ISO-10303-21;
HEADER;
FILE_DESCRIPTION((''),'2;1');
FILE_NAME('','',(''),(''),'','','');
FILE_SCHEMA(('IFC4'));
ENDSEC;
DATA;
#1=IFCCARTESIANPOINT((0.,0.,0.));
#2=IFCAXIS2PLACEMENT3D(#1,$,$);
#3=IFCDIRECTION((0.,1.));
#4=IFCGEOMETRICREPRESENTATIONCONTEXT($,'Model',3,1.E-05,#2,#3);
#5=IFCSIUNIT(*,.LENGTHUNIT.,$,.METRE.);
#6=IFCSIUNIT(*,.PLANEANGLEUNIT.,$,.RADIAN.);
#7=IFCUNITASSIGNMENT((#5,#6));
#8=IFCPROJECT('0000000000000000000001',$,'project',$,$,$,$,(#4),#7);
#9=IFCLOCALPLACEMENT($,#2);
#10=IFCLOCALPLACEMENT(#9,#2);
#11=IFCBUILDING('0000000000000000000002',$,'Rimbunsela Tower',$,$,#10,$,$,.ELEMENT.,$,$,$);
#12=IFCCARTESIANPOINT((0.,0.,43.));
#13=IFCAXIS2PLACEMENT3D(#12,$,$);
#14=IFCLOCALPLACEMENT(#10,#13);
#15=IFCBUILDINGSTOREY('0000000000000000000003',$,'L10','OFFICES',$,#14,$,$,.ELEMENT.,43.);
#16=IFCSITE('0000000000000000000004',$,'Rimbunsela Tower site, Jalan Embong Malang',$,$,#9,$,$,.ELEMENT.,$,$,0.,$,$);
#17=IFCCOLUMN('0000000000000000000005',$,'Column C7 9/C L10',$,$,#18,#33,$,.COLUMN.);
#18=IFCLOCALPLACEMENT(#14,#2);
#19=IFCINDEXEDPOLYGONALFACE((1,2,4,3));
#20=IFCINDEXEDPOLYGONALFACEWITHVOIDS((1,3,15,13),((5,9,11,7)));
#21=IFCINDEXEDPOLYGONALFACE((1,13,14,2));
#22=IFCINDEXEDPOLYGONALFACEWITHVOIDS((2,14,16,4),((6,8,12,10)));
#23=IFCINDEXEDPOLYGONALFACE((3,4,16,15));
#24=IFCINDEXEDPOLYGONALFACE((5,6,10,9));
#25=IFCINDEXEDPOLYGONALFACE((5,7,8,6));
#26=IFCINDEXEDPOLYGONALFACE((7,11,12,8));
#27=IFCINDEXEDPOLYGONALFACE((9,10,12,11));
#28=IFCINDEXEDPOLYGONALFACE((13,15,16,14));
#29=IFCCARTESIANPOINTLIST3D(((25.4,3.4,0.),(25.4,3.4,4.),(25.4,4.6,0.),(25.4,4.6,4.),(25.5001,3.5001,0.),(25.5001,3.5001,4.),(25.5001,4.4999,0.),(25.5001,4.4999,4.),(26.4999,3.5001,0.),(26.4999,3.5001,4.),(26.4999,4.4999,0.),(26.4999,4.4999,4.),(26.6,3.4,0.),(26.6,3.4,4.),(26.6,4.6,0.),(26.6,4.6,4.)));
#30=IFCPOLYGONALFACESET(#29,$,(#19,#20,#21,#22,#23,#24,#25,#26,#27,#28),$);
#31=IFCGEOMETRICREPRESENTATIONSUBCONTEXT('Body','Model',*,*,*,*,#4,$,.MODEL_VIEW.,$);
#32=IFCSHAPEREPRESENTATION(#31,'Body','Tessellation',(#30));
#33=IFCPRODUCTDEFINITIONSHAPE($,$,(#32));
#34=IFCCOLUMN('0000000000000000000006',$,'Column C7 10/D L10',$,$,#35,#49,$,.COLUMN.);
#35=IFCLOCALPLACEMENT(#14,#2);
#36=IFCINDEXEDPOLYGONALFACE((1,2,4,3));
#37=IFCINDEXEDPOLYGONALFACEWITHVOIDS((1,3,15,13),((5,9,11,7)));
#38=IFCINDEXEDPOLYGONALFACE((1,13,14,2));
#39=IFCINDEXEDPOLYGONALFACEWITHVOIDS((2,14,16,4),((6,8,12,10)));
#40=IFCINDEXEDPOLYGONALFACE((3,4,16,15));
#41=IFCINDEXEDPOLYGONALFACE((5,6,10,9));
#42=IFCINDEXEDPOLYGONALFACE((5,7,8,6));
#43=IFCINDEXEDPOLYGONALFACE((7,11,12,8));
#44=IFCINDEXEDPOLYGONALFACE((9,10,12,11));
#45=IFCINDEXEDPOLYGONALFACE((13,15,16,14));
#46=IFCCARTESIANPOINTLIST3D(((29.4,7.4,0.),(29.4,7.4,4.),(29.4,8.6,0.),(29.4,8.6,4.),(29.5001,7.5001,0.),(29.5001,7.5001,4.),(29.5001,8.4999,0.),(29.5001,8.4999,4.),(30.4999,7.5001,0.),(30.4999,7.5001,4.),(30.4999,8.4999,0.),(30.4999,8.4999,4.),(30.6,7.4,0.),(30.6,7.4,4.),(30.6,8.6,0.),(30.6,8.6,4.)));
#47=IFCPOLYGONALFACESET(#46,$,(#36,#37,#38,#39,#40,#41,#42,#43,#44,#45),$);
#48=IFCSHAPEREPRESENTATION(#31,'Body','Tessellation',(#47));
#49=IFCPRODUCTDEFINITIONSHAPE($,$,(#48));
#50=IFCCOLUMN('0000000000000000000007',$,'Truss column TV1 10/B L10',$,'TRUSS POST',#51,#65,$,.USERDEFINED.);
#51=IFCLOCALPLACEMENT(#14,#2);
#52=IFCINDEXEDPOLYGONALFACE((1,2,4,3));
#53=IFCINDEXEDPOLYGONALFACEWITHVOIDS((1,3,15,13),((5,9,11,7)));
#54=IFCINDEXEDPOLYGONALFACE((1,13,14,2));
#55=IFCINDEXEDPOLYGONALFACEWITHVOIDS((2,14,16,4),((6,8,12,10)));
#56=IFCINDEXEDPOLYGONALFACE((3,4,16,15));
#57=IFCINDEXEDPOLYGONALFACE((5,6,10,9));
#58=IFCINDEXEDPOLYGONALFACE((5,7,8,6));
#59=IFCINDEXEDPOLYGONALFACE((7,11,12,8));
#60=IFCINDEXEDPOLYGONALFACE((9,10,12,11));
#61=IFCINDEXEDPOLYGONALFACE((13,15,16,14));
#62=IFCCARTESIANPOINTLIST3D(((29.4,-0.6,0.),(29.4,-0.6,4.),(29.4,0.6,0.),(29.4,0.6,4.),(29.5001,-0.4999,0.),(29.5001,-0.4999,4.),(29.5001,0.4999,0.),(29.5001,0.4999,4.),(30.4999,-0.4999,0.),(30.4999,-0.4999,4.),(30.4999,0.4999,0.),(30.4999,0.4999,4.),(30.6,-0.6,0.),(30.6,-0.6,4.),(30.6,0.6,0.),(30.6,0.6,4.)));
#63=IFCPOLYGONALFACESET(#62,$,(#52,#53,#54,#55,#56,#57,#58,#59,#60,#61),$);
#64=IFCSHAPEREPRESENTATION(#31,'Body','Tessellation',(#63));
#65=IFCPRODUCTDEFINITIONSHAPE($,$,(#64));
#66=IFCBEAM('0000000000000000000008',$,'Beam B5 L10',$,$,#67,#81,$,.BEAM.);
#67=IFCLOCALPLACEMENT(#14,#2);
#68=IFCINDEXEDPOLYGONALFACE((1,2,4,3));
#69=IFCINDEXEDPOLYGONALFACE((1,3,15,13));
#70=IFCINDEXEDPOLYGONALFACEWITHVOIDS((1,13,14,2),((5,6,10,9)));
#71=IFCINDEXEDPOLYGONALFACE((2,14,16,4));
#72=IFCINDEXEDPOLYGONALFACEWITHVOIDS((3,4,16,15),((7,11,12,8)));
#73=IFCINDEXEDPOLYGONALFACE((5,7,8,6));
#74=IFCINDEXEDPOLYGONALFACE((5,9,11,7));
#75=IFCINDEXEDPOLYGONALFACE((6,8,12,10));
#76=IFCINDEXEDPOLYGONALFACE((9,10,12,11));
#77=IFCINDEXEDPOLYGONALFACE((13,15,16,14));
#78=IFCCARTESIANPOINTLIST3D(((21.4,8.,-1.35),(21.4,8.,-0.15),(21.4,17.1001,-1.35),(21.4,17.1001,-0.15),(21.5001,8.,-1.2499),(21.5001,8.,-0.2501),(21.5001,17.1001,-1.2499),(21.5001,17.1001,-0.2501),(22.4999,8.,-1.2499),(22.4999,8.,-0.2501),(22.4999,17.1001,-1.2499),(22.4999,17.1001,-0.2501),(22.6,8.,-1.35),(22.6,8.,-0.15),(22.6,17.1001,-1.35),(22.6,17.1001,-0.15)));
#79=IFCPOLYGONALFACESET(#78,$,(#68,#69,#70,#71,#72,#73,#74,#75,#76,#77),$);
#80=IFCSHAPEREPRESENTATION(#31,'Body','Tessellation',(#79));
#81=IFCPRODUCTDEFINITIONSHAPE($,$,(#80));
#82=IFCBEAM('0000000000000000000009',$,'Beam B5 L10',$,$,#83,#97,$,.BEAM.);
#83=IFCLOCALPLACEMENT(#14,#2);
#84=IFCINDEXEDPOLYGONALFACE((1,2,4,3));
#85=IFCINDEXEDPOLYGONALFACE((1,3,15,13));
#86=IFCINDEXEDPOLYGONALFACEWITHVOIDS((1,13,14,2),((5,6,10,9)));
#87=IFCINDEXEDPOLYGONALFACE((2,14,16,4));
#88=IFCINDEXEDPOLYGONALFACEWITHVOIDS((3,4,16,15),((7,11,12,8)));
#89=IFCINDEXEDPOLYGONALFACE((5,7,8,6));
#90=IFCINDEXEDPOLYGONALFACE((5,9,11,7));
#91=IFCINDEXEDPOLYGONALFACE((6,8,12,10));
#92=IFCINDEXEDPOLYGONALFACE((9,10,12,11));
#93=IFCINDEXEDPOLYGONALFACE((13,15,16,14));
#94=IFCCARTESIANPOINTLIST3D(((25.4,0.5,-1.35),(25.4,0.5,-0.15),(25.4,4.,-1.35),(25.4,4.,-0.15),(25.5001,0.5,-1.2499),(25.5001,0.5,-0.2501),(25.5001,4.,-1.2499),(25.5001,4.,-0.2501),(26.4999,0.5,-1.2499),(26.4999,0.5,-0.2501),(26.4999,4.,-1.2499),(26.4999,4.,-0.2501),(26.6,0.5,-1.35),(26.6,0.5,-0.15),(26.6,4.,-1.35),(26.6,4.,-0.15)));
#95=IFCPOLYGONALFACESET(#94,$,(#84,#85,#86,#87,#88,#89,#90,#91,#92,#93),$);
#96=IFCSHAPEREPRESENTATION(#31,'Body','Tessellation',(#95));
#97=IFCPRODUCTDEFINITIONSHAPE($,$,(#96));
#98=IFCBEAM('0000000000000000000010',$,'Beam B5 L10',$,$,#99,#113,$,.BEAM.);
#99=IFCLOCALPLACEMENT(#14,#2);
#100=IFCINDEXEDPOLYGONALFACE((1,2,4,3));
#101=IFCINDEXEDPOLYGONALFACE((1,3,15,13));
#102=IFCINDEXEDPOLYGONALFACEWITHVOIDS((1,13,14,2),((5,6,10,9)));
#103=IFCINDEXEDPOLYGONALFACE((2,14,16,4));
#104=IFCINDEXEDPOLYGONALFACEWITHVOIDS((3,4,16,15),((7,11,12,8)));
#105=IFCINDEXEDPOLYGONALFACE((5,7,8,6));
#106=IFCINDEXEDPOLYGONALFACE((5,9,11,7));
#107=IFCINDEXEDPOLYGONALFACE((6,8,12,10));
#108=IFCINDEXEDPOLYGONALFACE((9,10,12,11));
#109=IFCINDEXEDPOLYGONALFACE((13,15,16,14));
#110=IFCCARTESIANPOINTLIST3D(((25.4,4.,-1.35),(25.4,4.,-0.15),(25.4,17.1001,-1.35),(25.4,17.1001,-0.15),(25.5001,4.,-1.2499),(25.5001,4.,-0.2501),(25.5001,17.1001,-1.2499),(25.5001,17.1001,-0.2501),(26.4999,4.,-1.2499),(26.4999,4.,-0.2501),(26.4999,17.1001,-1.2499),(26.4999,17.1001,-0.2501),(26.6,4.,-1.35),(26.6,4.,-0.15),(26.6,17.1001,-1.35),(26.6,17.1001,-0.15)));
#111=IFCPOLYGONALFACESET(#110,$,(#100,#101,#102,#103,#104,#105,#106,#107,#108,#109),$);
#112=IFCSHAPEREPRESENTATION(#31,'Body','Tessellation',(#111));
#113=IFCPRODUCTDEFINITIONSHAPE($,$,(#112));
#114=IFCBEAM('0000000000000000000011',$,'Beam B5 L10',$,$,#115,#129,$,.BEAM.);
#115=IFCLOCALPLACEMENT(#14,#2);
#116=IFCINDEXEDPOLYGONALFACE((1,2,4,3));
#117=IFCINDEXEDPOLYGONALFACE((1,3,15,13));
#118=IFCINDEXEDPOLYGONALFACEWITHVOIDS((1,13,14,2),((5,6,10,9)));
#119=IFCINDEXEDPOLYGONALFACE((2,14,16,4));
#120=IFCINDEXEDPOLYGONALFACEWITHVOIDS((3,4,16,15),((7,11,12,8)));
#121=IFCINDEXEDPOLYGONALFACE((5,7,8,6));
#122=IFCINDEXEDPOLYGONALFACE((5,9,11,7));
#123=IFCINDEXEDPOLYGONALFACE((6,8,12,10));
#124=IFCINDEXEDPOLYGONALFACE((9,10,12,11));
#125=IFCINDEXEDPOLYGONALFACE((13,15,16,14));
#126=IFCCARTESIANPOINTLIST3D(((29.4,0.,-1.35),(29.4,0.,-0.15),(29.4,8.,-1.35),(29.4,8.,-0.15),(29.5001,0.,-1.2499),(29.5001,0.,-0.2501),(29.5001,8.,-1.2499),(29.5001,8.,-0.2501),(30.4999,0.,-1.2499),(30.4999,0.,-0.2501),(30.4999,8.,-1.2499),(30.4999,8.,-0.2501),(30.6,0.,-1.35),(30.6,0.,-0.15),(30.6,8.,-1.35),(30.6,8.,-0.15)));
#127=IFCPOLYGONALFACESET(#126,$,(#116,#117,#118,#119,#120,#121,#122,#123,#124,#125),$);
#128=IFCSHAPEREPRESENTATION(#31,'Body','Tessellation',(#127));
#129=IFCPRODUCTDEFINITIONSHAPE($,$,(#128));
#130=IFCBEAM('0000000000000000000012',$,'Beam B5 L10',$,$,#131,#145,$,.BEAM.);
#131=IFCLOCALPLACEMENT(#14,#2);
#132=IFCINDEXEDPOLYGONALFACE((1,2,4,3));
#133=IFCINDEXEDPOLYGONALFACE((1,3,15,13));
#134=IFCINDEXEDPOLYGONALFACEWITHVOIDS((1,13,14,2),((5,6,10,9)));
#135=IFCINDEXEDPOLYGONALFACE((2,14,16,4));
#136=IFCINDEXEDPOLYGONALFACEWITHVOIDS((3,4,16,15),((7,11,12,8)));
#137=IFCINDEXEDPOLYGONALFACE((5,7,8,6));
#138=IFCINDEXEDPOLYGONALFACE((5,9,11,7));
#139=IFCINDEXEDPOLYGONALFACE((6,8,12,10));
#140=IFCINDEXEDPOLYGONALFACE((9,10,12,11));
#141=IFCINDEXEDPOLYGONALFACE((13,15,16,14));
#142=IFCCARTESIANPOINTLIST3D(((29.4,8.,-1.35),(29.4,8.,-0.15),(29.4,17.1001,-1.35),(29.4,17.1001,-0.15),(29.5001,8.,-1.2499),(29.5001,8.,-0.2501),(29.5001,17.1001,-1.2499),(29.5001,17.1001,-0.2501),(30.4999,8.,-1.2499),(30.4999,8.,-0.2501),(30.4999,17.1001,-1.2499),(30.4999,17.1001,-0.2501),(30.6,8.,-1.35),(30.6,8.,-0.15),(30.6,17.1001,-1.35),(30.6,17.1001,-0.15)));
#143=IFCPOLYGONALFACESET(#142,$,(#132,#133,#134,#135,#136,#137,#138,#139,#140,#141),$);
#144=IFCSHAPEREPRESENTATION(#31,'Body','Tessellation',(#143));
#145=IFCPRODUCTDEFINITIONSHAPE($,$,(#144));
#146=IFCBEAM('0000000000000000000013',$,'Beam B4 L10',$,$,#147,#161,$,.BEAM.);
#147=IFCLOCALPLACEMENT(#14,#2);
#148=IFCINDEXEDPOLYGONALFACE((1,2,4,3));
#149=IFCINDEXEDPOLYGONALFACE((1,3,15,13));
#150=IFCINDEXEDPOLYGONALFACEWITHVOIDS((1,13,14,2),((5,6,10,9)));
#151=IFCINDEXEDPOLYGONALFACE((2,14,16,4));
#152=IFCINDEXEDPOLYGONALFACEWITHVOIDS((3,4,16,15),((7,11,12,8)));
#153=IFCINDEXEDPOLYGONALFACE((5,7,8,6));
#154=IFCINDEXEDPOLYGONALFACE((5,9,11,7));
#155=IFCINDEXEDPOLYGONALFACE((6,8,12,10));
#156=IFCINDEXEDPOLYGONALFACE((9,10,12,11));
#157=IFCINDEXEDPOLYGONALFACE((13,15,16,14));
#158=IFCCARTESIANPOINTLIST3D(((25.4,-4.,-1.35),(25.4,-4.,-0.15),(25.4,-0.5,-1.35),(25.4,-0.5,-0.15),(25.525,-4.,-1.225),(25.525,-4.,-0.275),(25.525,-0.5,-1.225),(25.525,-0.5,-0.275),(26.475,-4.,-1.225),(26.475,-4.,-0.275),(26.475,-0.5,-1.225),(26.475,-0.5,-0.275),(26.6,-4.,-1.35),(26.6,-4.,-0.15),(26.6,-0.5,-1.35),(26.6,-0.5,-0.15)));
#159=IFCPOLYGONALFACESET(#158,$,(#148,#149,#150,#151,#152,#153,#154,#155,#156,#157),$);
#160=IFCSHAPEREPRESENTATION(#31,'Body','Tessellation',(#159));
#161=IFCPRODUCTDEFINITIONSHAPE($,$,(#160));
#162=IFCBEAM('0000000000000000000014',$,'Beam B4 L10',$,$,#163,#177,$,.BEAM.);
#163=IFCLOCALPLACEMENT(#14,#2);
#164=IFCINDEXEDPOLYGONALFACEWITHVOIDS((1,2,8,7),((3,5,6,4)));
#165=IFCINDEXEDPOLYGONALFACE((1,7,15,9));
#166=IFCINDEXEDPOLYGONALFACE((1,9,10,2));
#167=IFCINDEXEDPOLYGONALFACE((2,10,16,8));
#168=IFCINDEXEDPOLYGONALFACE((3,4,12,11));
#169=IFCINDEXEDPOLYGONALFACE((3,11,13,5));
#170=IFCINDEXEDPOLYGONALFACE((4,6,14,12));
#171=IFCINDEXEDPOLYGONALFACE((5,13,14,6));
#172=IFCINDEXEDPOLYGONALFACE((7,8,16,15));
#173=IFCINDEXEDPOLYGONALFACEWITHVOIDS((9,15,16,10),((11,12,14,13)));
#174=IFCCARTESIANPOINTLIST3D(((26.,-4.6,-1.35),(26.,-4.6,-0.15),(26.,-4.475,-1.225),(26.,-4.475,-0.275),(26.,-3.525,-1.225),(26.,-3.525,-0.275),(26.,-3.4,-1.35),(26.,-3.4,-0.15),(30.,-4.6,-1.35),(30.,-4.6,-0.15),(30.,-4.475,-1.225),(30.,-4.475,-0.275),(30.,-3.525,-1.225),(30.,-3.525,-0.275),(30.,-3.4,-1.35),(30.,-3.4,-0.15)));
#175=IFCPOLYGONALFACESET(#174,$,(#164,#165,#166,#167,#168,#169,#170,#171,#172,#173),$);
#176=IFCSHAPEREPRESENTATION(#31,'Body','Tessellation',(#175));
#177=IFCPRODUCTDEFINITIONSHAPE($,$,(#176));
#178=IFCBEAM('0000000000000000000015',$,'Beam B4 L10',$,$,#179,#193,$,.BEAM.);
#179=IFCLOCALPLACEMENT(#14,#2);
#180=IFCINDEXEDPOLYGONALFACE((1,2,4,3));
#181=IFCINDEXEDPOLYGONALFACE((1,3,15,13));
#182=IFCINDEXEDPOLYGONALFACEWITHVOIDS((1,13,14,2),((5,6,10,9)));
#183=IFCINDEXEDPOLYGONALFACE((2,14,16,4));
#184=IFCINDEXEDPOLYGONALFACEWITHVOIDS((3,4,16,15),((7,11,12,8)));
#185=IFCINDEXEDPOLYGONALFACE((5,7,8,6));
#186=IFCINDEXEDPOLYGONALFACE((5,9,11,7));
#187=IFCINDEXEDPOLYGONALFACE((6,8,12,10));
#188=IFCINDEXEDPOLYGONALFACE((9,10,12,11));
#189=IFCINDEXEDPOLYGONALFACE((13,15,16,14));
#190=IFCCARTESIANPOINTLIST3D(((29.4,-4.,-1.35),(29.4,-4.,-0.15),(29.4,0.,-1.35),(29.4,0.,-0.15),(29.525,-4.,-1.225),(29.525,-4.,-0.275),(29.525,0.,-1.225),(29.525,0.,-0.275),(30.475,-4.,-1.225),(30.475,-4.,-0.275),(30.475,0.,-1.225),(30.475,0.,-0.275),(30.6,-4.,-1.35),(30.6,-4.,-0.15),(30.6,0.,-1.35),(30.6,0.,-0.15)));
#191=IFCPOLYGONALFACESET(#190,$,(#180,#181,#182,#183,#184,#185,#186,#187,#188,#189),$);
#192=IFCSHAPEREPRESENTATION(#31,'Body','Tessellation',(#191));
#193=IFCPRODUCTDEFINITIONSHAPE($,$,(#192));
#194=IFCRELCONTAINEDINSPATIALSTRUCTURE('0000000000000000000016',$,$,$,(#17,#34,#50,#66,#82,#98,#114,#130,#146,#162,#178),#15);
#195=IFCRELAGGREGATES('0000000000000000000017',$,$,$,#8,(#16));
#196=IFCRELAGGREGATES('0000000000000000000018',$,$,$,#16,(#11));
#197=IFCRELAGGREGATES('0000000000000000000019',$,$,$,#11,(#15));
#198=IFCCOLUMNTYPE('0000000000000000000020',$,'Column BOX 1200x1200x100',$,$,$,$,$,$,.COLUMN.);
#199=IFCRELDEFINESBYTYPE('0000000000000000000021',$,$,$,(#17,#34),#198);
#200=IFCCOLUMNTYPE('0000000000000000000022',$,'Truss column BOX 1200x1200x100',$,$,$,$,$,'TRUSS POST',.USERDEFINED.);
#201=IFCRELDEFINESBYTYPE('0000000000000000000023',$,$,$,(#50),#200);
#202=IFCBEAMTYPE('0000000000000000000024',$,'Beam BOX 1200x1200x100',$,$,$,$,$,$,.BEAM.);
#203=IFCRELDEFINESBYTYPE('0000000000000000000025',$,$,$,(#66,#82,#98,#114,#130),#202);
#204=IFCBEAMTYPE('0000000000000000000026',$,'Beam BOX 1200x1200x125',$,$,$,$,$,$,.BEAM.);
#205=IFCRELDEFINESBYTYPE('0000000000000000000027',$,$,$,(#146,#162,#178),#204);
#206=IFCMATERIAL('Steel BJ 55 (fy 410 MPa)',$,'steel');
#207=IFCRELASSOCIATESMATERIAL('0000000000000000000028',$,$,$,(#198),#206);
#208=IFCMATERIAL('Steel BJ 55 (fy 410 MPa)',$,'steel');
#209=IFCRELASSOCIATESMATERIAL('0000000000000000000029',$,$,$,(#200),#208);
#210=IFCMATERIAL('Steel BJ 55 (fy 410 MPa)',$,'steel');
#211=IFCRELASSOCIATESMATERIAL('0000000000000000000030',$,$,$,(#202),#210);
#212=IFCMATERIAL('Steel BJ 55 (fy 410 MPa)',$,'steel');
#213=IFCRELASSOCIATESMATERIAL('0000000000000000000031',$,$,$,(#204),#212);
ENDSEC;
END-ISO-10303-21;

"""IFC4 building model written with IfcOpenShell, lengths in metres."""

from ifc_helpers import new_model, si_unit, direction, frame, origin, origin_2d, place, context, subcontext, project, spatial, hollow_rectangle, extrude, material, material_profile, profile_set, type_object, element, save


model = new_model("IFC4")

# Units and contexts
model_context = context("Model", 3, precision=1e-05, world=origin(), true_north=direction((0.0, 1.0)))
body_context = subcontext(model_context, "Body", "Model", "MODEL_VIEW")
ifc_project = project(units=[si_unit("LENGTHUNIT", "METRE"), si_unit("PLANEANGLEUNIT", "RADIAN")], contexts=[model_context])

# Site, building, storey
site_placement = place(None, origin())
site = spatial("IfcSite", under=ifc_project, at=site_placement, Name="Rimbunsela Tower site, Jalan Embong Malang", CompositionType="ELEMENT", RefElevation=0.0)
building_placement = place(site_placement, origin())
building = spatial("IfcBuilding", under=site, at=building_placement, Name="Rimbunsela Tower", CompositionType="ELEMENT")
storey_placement = place(building_placement, frame((0.0, 0.0, 43.0)))
storey = spatial("IfcBuildingStorey", under=building, at=storey_placement, Name="L10", Description="OFFICES", CompositionType="ELEMENT", Elevation=43.0)

# Columns
ifc_material_1 = material(Name="Steel BJ 55 (fy 410 MPa)", Category="steel")
ifc_material_profile_1 = material_profile(ifc_material_1, hollow_rectangle(XDim=1.2, YDim=1.2, WallThickness=0.1001, at=origin_2d()), Name="BOX 1200x1200x100")
ifc_profile_set_1 = profile_set([ifc_material_profile_1], Name="Steel BJ 55 (fy 410 MPa)")
column_type_1 = type_object("IfcColumnType", Name="Column BOX 1200x1200x100", PredefinedType="COLUMN", material=ifc_profile_set_1)
for number, where, z_axis, x_axis, name in (
    (1, (26.0, 4.0, 0.0), (0.0, 0.0, 1.0), (1.0, 0.0, 0.0), "Column C7 9/C L10"),
    (2, (30.0, 8.0, 0.0), (0.0, 0.0, 1.0), (1.0, 0.0, 0.0), "Column C7 10/D L10"),
):
    element("IfcColumn", number, at=place(storey_placement, frame(where, z_axis=z_axis, x_axis=x_axis)), inside=storey, type_object=column_type_1, Name=name, PredefinedType="COLUMN", context=body_context, shape_type="SweptSolid", body=[
        extrude(hollow_rectangle(XDim=1.2, YDim=1.2, WallThickness=0.1001, at=origin_2d()), origin(), (0.0, 0.0, 1.0), 4.0),
    ])
ifc_material_2 = material(Name="Steel BJ 55 (fy 410 MPa)", Category="steel")
ifc_material_profile_2 = material_profile(ifc_material_2, hollow_rectangle(XDim=1.2, YDim=1.2, WallThickness=0.1001, at=origin_2d()), Name="BOX 1200x1200x100")
ifc_profile_set_2 = profile_set([ifc_material_profile_2], Name="Steel BJ 55 (fy 410 MPa)")
column_type_2 = type_object("IfcColumnType", Name="Truss column BOX 1200x1200x100", ElementType="TRUSS POST", PredefinedType="USERDEFINED", material=ifc_profile_set_2)
column_placement = place(storey_placement, frame((30.0, 0.0, 0.0), z_axis=(0.0, 0.0, 1.0), x_axis=(1.0, 0.0, 0.0)))
element("IfcColumn", 3, at=column_placement, inside=storey, type_object=column_type_2, Name="Truss column TV1 10/B L10", ObjectType="TRUSS POST", PredefinedType="USERDEFINED", context=body_context, shape_type="SweptSolid", body=[
    extrude(hollow_rectangle(XDim=1.2, YDim=1.2, WallThickness=0.1001, at=origin_2d()), origin(), (0.0, 0.0, 1.0), 4.0),
])

# Beams
ifc_material_3 = material(Name="Steel BJ 55 (fy 410 MPa)", Category="steel")
ifc_material_profile_3 = material_profile(ifc_material_3, hollow_rectangle(XDim=1.2, YDim=1.2, WallThickness=0.1001, at=origin_2d()), Name="BOX 1200x1200x100")
ifc_profile_set_3 = profile_set([ifc_material_profile_3], Name="Steel BJ 55 (fy 410 MPa)")
beam_type_1 = type_object("IfcBeamType", Name="Beam BOX 1200x1200x100", PredefinedType="BEAM", material=ifc_profile_set_3)
beam_1_placement = place(storey_placement, frame((22.0, 8.0, -0.75), z_axis=(0.0, 1.0, 0.0), x_axis=(-1.0, 0.0, 0.0)))
element("IfcBeam", 4, at=beam_1_placement, inside=storey, type_object=beam_type_1, Name="Beam B5 L10", PredefinedType="BEAM", context=body_context, shape_type="SweptSolid", body=[
    extrude(hollow_rectangle(XDim=1.2, YDim=1.2, WallThickness=0.1001, at=origin_2d()), origin(), (0.0, 0.0, 1.0), 9.1001),
])
beam_2_placement = place(storey_placement, frame((26.0, 0.5, -0.75), z_axis=(0.0, 1.0, 0.0), x_axis=(-1.0, 0.0, 0.0)))
element("IfcBeam", 5, at=beam_2_placement, inside=storey, type_object=beam_type_1, Name="Beam B5 L10", PredefinedType="BEAM", context=body_context, shape_type="SweptSolid", body=[
    extrude(hollow_rectangle(XDim=1.2, YDim=1.2, WallThickness=0.1001, at=origin_2d()), origin(), (0.0, 0.0, 1.0), 3.5),
])
beam_3_placement = place(storey_placement, frame((26.0, 4.0, -0.75), z_axis=(0.0, 1.0, 0.0), x_axis=(-1.0, 0.0, 0.0)))
element("IfcBeam", 6, at=beam_3_placement, inside=storey, type_object=beam_type_1, Name="Beam B5 L10", PredefinedType="BEAM", context=body_context, shape_type="SweptSolid", body=[
    extrude(hollow_rectangle(XDim=1.2, YDim=1.2, WallThickness=0.1001, at=origin_2d()), origin(), (0.0, 0.0, 1.0), 13.1001),
])
beam_4_placement = place(storey_placement, frame((30.0, 0.0, -0.75), z_axis=(0.0, 1.0, 0.0), x_axis=(-1.0, 0.0, 0.0)))
element("IfcBeam", 7, at=beam_4_placement, inside=storey, type_object=beam_type_1, Name="Beam B5 L10", PredefinedType="BEAM", context=body_context, shape_type="SweptSolid", body=[
    extrude(hollow_rectangle(XDim=1.2, YDim=1.2, WallThickness=0.1001, at=origin_2d()), origin(), (0.0, 0.0, 1.0), 8.0),
])
beam_5_placement = place(storey_placement, frame((30.0, 8.0, -0.75), z_axis=(0.0, 1.0, 0.0), x_axis=(-1.0, 0.0, 0.0)))
element("IfcBeam", 8, at=beam_5_placement, inside=storey, type_object=beam_type_1, Name="Beam B5 L10", PredefinedType="BEAM", context=body_context, shape_type="SweptSolid", body=[
    extrude(hollow_rectangle(XDim=1.2, YDim=1.2, WallThickness=0.1001, at=origin_2d()), origin(), (0.0, 0.0, 1.0), 9.1001),
])
ifc_material_4 = material(Name="Steel BJ 55 (fy 410 MPa)", Category="steel")
ifc_material_profile_4 = material_profile(ifc_material_4, hollow_rectangle(XDim=1.2, YDim=1.2, WallThickness=0.125, at=origin_2d()), Name="BOX 1200x1200x125")
ifc_profile_set_4 = profile_set([ifc_material_profile_4], Name="Steel BJ 55 (fy 410 MPa)")
beam_type_2 = type_object("IfcBeamType", Name="Beam BOX 1200x1200x125", PredefinedType="BEAM", material=ifc_profile_set_4)
beam_6_placement = place(storey_placement, frame((26.0, -4.0, -0.75), z_axis=(0.0, 1.0, 0.0), x_axis=(-1.0, 0.0, 0.0)))
element("IfcBeam", 9, at=beam_6_placement, inside=storey, type_object=beam_type_2, Name="Beam B4 L10", PredefinedType="BEAM", context=body_context, shape_type="SweptSolid", body=[
    extrude(hollow_rectangle(XDim=1.2, YDim=1.2, WallThickness=0.125, at=origin_2d()), origin(), (0.0, 0.0, 1.0), 3.5),
])
for number, where, z_axis, x_axis, name in (
    (10, (26.0, -4.0, -0.75), (1.0, 0.0, 0.0), (0.0, 1.0, 0.0), "Beam B4 L10"),
    (11, (30.0, -4.0, -0.75), (0.0, 1.0, 0.0), (-1.0, 0.0, 0.0), "Beam B4 L10"),
):
    element("IfcBeam", number, at=place(storey_placement, frame(where, z_axis=z_axis, x_axis=x_axis)), inside=storey, type_object=beam_type_2, Name=name, PredefinedType="BEAM", context=body_context, shape_type="SweptSolid", body=[
        extrude(hollow_rectangle(XDim=1.2, YDim=1.2, WallThickness=0.125, at=origin_2d()), origin(), (0.0, 0.0, 1.0), 4.0),
    ])

save(model, "model.ifc")
